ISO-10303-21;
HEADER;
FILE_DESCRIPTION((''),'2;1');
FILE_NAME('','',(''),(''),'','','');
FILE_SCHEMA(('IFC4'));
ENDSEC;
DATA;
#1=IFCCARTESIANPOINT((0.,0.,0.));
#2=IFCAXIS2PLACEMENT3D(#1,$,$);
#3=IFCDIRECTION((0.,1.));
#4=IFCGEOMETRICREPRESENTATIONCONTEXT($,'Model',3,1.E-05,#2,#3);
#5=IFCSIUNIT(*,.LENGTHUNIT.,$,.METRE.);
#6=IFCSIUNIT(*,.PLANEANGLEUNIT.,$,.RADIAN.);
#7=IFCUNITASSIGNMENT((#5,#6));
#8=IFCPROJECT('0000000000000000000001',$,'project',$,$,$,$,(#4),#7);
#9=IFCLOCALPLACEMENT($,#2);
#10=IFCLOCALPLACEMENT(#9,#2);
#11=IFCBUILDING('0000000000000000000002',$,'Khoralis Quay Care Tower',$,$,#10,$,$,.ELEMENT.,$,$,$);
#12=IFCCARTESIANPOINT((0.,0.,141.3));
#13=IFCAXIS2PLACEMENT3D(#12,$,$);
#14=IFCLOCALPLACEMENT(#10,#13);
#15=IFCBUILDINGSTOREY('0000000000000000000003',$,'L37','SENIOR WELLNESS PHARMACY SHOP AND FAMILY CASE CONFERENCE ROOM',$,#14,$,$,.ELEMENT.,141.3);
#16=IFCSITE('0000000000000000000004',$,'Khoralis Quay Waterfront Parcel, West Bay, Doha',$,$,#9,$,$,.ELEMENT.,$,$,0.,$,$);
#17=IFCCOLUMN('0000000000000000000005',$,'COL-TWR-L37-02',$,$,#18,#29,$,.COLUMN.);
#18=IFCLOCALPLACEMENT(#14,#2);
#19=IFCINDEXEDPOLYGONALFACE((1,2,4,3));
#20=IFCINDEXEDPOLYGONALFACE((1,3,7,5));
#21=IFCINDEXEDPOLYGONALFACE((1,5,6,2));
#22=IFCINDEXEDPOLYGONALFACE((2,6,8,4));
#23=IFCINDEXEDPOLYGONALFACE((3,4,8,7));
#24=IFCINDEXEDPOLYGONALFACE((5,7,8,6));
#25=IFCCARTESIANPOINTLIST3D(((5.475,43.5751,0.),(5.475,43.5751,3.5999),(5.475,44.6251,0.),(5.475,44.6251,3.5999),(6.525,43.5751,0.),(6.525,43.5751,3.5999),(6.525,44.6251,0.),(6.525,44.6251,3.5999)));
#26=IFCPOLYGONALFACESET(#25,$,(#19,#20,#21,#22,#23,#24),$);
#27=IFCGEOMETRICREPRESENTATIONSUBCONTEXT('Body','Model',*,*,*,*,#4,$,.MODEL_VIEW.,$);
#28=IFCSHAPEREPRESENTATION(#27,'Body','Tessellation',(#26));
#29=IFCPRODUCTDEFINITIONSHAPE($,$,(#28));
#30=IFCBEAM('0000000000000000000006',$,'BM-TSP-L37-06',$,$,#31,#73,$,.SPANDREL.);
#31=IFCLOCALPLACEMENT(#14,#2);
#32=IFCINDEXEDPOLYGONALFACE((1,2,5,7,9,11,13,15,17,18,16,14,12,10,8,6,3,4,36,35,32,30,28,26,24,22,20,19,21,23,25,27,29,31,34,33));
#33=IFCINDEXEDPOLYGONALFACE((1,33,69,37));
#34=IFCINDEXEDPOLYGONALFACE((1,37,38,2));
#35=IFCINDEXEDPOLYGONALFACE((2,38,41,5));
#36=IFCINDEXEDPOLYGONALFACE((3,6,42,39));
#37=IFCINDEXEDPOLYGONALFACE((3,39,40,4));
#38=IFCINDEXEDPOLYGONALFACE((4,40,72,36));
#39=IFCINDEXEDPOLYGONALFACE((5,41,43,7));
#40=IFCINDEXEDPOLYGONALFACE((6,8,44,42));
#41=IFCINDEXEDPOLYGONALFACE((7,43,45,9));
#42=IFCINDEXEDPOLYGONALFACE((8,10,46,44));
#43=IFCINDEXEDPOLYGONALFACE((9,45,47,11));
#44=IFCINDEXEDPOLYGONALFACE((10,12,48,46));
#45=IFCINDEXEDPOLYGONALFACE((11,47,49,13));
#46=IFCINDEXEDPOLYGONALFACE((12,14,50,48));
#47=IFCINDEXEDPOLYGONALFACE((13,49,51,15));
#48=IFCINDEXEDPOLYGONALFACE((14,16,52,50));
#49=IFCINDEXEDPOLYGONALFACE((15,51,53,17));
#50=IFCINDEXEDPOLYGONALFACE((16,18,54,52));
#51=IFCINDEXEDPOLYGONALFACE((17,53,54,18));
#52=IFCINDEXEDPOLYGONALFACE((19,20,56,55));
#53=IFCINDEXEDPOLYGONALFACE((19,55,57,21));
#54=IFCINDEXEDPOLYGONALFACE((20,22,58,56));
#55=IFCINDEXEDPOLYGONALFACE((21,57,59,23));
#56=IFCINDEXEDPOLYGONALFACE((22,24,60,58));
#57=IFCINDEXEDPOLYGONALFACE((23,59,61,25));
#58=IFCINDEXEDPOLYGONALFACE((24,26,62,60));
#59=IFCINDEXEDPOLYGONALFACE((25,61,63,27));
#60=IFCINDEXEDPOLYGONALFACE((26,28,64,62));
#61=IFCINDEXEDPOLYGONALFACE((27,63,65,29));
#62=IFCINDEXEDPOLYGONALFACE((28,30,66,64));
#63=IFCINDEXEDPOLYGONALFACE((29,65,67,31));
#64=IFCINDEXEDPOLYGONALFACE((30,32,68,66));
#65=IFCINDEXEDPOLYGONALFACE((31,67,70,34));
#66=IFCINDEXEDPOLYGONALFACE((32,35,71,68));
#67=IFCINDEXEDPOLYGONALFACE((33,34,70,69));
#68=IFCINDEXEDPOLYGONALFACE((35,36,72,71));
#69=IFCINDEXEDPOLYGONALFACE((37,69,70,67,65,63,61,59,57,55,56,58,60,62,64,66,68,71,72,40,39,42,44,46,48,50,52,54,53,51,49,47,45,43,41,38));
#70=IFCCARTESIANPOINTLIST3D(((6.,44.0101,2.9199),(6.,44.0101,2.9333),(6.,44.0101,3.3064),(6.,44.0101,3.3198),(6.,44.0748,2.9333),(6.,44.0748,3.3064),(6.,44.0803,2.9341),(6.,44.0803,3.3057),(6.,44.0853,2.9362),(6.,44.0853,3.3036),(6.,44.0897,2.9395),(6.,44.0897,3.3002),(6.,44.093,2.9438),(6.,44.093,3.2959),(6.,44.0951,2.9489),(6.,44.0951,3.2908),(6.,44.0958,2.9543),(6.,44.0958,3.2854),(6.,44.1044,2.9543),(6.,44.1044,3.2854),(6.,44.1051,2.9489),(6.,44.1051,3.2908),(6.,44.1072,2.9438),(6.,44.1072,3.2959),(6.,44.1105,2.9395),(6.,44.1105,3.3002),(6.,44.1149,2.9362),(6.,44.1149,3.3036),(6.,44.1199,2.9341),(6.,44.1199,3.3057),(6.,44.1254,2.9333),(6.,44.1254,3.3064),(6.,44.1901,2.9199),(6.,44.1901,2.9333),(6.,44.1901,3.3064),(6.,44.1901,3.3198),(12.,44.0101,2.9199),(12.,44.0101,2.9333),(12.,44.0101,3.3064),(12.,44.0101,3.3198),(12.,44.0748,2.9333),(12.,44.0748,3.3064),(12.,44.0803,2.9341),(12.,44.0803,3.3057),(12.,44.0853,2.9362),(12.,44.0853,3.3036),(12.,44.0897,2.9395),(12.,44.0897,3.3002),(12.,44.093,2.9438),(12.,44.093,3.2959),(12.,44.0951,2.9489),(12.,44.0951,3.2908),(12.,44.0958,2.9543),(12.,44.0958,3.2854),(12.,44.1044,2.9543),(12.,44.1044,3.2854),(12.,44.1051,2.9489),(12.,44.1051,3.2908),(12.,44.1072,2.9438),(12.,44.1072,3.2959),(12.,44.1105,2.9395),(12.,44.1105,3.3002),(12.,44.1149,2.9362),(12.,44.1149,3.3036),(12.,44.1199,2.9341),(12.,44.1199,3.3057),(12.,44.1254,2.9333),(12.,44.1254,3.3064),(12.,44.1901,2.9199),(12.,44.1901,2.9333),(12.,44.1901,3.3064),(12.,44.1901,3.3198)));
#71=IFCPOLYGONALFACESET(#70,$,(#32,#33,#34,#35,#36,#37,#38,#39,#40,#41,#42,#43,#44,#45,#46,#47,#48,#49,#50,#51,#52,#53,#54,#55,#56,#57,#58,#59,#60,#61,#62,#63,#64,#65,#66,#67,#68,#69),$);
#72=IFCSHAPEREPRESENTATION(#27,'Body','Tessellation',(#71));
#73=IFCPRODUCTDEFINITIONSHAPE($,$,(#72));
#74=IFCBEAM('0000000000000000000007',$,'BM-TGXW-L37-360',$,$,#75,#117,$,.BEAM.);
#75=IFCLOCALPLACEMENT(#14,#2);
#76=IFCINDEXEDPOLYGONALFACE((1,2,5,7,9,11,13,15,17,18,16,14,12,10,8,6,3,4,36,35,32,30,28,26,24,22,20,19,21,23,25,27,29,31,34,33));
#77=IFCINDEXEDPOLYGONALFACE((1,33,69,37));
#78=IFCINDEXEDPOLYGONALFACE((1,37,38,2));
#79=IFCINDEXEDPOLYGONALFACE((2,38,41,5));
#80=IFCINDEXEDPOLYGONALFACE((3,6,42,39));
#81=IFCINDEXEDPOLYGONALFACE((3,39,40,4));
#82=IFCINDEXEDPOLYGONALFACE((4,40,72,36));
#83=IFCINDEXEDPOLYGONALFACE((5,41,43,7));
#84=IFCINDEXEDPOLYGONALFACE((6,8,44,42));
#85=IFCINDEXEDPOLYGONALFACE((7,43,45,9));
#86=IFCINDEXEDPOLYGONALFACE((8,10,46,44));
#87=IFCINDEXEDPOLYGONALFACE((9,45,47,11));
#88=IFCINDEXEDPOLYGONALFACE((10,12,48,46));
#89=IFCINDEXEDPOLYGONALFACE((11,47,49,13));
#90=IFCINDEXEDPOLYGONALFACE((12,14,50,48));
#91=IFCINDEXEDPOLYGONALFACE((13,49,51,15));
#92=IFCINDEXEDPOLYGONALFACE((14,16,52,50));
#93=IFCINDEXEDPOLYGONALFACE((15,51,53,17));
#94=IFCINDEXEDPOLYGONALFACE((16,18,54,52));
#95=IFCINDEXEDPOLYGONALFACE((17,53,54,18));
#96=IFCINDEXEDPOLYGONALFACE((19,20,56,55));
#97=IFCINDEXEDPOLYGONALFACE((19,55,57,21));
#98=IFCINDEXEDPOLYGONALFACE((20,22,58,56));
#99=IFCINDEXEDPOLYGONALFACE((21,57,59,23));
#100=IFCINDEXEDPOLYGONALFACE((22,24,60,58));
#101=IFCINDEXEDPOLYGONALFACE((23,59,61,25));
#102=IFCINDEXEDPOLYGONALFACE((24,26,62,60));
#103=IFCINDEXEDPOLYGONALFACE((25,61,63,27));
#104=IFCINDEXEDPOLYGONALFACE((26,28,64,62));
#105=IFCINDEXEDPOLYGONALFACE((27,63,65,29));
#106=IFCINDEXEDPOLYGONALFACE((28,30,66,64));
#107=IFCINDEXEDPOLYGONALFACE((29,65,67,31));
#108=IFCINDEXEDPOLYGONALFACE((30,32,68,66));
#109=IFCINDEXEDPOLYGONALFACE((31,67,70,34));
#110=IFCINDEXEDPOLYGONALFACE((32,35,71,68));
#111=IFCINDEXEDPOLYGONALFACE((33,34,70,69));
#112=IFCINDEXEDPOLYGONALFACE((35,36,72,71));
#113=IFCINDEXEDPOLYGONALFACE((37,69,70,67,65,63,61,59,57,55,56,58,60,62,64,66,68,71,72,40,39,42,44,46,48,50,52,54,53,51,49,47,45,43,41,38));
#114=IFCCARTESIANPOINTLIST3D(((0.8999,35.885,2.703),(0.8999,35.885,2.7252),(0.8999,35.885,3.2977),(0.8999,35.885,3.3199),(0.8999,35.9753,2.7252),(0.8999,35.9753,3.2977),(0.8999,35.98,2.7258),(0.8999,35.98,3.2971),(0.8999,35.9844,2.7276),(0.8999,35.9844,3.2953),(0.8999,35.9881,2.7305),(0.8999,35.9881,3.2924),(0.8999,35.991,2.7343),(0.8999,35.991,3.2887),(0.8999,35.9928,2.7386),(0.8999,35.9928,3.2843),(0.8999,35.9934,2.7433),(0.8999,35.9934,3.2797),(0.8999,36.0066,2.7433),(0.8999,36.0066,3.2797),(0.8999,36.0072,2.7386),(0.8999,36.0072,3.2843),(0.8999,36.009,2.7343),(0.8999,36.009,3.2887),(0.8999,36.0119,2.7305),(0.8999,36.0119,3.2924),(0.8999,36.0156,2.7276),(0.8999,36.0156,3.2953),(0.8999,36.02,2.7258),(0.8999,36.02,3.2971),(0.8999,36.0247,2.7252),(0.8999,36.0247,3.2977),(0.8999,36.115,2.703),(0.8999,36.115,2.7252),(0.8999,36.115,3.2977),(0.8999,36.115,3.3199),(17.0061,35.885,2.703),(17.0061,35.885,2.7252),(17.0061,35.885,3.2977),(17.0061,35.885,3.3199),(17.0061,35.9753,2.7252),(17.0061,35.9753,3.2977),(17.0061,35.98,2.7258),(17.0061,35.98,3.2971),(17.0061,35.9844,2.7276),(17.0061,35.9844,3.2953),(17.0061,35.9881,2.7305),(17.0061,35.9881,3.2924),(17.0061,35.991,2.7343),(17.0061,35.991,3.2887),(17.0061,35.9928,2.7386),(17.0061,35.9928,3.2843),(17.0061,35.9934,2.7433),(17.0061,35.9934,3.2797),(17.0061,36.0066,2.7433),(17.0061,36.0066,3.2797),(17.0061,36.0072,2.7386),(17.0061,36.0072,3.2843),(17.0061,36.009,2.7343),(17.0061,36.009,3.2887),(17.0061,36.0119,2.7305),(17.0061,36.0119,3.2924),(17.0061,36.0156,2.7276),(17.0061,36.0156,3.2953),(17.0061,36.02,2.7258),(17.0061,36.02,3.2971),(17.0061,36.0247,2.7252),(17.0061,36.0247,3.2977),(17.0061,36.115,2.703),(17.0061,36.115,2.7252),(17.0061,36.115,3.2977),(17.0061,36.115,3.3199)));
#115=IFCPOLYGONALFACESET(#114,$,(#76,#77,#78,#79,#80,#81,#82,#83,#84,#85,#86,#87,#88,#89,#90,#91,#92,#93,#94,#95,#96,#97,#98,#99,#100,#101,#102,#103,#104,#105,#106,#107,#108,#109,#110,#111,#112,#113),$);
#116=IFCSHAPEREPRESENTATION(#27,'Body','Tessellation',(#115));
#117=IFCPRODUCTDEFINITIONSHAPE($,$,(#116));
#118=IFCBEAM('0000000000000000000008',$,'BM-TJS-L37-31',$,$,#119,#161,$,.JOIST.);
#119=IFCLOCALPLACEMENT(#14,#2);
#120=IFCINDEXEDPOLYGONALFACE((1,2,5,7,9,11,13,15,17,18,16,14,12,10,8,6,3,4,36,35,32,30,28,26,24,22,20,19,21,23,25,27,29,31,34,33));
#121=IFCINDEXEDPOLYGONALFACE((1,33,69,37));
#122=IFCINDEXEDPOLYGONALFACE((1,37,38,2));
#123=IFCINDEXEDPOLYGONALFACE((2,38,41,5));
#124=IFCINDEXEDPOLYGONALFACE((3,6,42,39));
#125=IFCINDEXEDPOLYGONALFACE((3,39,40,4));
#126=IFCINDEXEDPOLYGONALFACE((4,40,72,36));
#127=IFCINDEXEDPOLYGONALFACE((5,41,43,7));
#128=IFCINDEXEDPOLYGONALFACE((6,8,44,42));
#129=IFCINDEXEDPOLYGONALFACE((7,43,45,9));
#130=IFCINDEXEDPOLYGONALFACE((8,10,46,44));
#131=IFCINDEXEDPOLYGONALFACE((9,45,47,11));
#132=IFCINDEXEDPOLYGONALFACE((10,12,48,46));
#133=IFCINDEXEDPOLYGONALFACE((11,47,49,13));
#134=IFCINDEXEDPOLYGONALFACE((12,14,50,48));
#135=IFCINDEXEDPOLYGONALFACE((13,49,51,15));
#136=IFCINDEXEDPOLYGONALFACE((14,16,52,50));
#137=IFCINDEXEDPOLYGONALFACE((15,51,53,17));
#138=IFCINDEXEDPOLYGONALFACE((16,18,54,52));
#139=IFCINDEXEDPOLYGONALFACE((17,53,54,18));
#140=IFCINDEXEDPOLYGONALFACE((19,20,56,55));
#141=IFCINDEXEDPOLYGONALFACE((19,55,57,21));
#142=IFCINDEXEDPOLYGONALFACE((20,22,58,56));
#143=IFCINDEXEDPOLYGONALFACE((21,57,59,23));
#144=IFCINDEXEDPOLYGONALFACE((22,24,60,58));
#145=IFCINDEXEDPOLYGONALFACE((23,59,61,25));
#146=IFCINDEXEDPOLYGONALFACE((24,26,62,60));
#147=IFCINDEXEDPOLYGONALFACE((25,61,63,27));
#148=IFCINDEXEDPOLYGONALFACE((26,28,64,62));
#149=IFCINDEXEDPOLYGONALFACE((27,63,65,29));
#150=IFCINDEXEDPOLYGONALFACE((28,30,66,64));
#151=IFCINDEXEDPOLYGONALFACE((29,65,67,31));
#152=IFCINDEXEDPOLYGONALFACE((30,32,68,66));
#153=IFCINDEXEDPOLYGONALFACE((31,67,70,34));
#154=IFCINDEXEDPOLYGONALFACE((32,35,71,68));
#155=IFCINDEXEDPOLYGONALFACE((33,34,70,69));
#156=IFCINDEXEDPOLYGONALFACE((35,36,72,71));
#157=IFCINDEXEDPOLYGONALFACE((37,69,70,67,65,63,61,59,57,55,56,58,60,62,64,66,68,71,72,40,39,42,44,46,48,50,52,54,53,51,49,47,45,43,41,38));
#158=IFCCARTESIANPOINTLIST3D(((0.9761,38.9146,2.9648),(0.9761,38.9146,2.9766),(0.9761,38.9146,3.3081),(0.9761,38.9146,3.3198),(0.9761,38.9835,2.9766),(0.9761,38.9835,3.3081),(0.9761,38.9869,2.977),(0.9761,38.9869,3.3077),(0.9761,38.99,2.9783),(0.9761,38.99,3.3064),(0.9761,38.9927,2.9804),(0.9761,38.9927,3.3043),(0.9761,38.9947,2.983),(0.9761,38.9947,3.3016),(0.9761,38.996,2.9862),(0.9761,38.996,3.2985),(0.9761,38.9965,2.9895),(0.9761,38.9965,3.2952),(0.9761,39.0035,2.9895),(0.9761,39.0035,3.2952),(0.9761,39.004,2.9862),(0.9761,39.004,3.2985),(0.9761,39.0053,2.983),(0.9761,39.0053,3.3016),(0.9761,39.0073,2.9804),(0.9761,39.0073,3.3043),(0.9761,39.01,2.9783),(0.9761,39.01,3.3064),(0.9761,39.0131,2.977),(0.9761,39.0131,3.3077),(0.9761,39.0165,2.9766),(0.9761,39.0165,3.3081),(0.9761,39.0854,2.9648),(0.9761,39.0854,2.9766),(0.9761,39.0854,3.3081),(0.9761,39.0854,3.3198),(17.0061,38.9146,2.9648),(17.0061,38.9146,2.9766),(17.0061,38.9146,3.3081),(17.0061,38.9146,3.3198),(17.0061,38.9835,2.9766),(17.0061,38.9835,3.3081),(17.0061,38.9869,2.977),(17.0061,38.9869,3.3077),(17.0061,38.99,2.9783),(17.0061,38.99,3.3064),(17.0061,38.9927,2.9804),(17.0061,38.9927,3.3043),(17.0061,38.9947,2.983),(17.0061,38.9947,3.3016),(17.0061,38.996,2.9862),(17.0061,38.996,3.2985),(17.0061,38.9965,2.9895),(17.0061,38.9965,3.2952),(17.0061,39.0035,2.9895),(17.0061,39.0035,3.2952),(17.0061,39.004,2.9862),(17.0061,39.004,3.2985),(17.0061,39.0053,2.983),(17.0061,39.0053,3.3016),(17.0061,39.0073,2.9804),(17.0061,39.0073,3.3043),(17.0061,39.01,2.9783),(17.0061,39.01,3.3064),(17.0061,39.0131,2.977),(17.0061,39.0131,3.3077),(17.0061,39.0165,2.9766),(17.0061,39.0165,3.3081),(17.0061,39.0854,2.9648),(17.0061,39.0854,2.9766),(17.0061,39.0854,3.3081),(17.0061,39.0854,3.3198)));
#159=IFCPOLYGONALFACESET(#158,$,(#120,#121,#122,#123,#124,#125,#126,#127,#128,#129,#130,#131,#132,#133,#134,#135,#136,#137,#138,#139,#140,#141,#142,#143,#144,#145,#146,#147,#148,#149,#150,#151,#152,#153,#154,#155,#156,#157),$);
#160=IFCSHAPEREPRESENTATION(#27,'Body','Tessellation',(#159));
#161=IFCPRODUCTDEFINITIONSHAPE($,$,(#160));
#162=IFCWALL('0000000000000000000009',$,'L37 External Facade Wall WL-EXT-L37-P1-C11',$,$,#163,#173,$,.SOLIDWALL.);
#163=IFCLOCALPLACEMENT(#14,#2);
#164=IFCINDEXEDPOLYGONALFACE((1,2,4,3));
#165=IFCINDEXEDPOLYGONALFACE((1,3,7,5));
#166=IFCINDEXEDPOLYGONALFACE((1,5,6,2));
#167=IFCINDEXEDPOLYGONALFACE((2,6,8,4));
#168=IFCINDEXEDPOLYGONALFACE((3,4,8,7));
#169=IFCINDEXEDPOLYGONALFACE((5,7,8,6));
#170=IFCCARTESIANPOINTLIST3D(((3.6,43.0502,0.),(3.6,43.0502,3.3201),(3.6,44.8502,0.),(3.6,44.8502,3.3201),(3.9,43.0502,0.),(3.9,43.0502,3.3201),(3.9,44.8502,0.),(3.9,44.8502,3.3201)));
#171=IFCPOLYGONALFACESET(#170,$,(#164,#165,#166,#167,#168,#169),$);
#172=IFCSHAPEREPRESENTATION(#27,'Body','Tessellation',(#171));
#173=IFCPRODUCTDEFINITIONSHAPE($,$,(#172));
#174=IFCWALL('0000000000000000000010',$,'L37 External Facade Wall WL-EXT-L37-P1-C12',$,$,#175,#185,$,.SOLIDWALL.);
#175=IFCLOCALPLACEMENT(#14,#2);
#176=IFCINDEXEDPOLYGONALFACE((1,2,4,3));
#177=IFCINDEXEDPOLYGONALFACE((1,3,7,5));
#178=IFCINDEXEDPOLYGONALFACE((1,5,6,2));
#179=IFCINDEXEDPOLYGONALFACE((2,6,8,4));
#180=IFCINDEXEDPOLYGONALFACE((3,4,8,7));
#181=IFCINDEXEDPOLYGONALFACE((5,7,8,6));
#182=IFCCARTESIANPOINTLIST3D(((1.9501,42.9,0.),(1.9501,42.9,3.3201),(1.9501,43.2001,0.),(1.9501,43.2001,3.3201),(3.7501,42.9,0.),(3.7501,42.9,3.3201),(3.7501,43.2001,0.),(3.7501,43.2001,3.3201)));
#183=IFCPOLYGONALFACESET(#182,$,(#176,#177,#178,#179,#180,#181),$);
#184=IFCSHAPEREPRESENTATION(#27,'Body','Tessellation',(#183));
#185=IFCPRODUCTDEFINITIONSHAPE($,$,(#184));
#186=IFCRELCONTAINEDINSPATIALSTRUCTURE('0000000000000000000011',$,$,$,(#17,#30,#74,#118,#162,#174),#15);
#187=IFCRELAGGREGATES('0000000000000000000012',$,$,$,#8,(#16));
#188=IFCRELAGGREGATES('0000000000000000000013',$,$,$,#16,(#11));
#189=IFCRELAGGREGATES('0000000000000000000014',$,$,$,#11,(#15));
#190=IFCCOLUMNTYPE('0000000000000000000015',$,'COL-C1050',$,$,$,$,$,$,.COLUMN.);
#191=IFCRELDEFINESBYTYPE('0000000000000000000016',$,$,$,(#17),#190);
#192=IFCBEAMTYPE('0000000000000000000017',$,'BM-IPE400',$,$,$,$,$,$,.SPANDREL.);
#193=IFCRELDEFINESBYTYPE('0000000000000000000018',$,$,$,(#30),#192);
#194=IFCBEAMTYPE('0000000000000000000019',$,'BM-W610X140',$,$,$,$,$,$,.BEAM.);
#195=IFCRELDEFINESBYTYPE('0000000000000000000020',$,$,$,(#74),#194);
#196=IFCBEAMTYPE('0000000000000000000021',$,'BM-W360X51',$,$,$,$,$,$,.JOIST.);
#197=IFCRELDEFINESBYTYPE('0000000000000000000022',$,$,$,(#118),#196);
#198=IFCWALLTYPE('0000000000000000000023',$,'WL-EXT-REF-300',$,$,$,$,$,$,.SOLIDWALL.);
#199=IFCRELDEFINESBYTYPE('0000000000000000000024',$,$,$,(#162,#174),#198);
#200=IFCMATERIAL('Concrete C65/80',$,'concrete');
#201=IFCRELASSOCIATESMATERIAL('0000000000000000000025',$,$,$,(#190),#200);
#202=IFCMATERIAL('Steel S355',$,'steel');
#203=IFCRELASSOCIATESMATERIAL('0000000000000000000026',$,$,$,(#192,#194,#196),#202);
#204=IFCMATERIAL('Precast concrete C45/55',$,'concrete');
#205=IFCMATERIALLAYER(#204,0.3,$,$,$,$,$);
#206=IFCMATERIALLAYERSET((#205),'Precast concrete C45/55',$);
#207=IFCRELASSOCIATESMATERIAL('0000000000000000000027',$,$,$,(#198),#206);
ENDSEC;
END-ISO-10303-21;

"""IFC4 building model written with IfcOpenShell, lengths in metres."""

from ifc_helpers import new_model, si_unit, direction, frame, frame_2d, origin, origin_2d, place, context, subcontext, project, spatial, rectangle, i_section, extrude, source, transform, mapped, material, layer, layer_set, material_profile, profile_set, type_object, element, save


model = new_model("IFC4")

# Units and contexts
model_context = context("Model", 3, precision=1e-05, world=origin(), true_north=direction((0.0, 1.0)))
body_context = subcontext(model_context, "Body", "Model", "MODEL_VIEW")
ifc_project = project(units=[si_unit("LENGTHUNIT", "METRE"), si_unit("PLANEANGLEUNIT", "RADIAN")], contexts=[model_context])

# Site, building, storey
site_placement = place(None, origin())
site = spatial("IfcSite", under=ifc_project, at=site_placement, Name="Khoralis Quay Waterfront Parcel, West Bay, Doha", CompositionType="ELEMENT", RefElevation=0.0)
building_placement = place(site_placement, origin())
building = spatial("IfcBuilding", under=site, at=building_placement, Name="Khoralis Quay Care Tower", CompositionType="ELEMENT")
storey_placement = place(building_placement, frame((0.0, 0.0, 141.3)))
storey = spatial("IfcBuildingStorey", under=building, at=storey_placement, Name="L37", Description="SENIOR WELLNESS PHARMACY SHOP AND FAMILY CASE CONFERENCE ROOM", CompositionType="ELEMENT", Elevation=141.3)

# Column
ifc_material_1 = material(Name="Concrete C65/80", Category="concrete")
ifc_material_profile_1 = material_profile(ifc_material_1, rectangle(XDim=1.05, YDim=1.05, at=origin_2d()), Name="Concrete C65/80")
ifc_profile_set_1 = profile_set([ifc_material_profile_1], Name="Concrete C65/80")
column_type = type_object("IfcColumnType", Name="COL-C1050", PredefinedType="COLUMN", material=ifc_profile_set_1)
shared_shape_1 = source(origin(), body_context, "Body", "SweptSolid", [
    extrude(rectangle(XDim=1.05, YDim=1.05, at=origin_2d()), origin(), (0.0, 0.0, 1.0), 3.5999),
])
column_placement = place(storey_placement, frame((6.0, 44.1001, 0.0), z_axis=(0.0, 0.0, 1.0), x_axis=(1.0, 0.0, 0.0)))
element("IfcColumn", 1, at=column_placement, inside=storey, type_object=column_type, Name="COL-TWR-L37-02", PredefinedType="COLUMN", context=body_context, shape_type="MappedRepresentation", body=[
    mapped(shared_shape_1, transform((0.0, 0.0, 0.0), scale=1.0)),
])

# Beams
ifc_material_2 = material(Name="Steel S355", Category="steel")
ifc_material_profile_2 = material_profile(ifc_material_2, i_section(OverallWidth=0.1799, OverallDepth=0.3999, WebThickness=0.0085, FlangeThickness=0.0134, FilletRadius=0.021, at=origin_2d()), Name="Steel S355")
ifc_profile_set_2 = profile_set([ifc_material_profile_2], Name="Steel S355")
beam_type_1 = type_object("IfcBeamType", Name="BM-IPE400", PredefinedType="SPANDREL", material=ifc_profile_set_2)
shared_shape_2 = source(origin(), body_context, "Body", "SweptSolid", [
    extrude(i_section(OverallWidth=0.1799, OverallDepth=0.3999, WebThickness=0.0085, FlangeThickness=0.0134, FilletRadius=0.021, at=origin_2d()), origin(), (0.0, 0.0, 1.0), 6.0),
])
beam_1_placement = place(storey_placement, frame((6.0, 44.1001, 3.1199), z_axis=(1.0, 0.0, 0.0), x_axis=(0.0, 1.0, 0.0)))
element("IfcBeam", 2, at=beam_1_placement, inside=storey, type_object=beam_type_1, Name="BM-TSP-L37-06", PredefinedType="SPANDREL", context=body_context, shape_type="MappedRepresentation", body=[
    mapped(shared_shape_2, transform((0.0, 0.0, 0.0), scale=1.0)),
])
ifc_material_profile_3 = material_profile(ifc_material_2, i_section(OverallWidth=0.23, OverallDepth=0.6169, WebThickness=0.0132, FlangeThickness=0.0222, FilletRadius=0.0181, at=origin_2d()), Name="Steel S355")
ifc_profile_set_3 = profile_set([ifc_material_profile_3], Name="Steel S355")
beam_type_2 = type_object("IfcBeamType", Name="BM-W610X140", PredefinedType="BEAM", material=ifc_profile_set_3)
shared_shape_3 = source(origin(), body_context, "Body", "SweptSolid", [
    extrude(i_section(OverallWidth=0.23, OverallDepth=0.6169, WebThickness=0.0132, FlangeThickness=0.0222, FilletRadius=0.0181, at=origin_2d()), origin(), (0.0, 0.0, 1.0), 16.1062),
])
beam_2_placement = place(storey_placement, frame((0.8999, 36.0, 3.0115), z_axis=(1.0, 0.0, 0.0), x_axis=(0.0, 1.0, 0.0)))
element("IfcBeam", 3, at=beam_2_placement, inside=storey, type_object=beam_type_2, Name="BM-TGXW-L37-360", PredefinedType="BEAM", context=body_context, shape_type="MappedRepresentation", body=[
    mapped(shared_shape_3, transform((0.0, 0.0, 0.0), scale=1.0)),
])
ifc_material_profile_4 = material_profile(ifc_material_2, i_section(OverallWidth=0.1709, OverallDepth=0.355, WebThickness=0.0071, FlangeThickness=0.0117, FilletRadius=0.0129, at=origin_2d()), Name="Steel S355")
ifc_profile_set_4 = profile_set([ifc_material_profile_4], Name="Steel S355")
beam_type_3 = type_object("IfcBeamType", Name="BM-W360X51", PredefinedType="JOIST", material=ifc_profile_set_4)
shared_shape_4 = source(origin(), body_context, "Body", "SweptSolid", [
    extrude(i_section(OverallWidth=0.1709, OverallDepth=0.355, WebThickness=0.0071, FlangeThickness=0.0117, FilletRadius=0.0129, at=origin_2d()), origin(), (0.0, 0.0, 1.0), 16.03),
])
beam_3_placement = place(storey_placement, frame((0.9761, 39.0, 3.1423), z_axis=(1.0, 0.0, 0.0), x_axis=(0.0, 1.0, 0.0)))
element("IfcBeam", 4, at=beam_3_placement, inside=storey, type_object=beam_type_3, Name="BM-TJS-L37-31", PredefinedType="JOIST", context=body_context, shape_type="MappedRepresentation", body=[
    mapped(shared_shape_4, transform((0.0, 0.0, 0.0), scale=1.0)),
])

# Walls
ifc_material_3 = material(Name="Precast concrete C45/55", Category="concrete")
ifc_layer_1 = layer(ifc_material_3, 0.3)
ifc_layer_set_1 = layer_set([ifc_layer_1], Name="Precast concrete C45/55")
wall_type = type_object("IfcWallType", Name="WL-EXT-REF-300", PredefinedType="SOLIDWALL", material=ifc_layer_set_1)
for number, where, z_axis, x_axis, name in (
    (5, (3.75, 44.8501, 0.0), (0.0, 0.0, 1.0), (0.0, -1.0, 0.0), "L37 External Facade Wall WL-EXT-L37-P1-C11"),
    (6, (3.75, 43.05, 0.0), (0.0, 0.0, 1.0), (-1.0, 0.0, 0.0), "L37 External Facade Wall WL-EXT-L37-P1-C12"),
):
    element("IfcWall", number, at=place(storey_placement, frame(where, z_axis=z_axis, x_axis=x_axis)), inside=storey, type_object=wall_type, Name=name, PredefinedType="SOLIDWALL", context=body_context, shape_type="SweptSolid", body=[
        extrude(rectangle(XDim=1.8, YDim=0.3, at=frame_2d((0.8999, 0.0))), origin(), (0.0, 0.0, 1.0), 3.3201),
    ])

save(model, "model.ifc")
